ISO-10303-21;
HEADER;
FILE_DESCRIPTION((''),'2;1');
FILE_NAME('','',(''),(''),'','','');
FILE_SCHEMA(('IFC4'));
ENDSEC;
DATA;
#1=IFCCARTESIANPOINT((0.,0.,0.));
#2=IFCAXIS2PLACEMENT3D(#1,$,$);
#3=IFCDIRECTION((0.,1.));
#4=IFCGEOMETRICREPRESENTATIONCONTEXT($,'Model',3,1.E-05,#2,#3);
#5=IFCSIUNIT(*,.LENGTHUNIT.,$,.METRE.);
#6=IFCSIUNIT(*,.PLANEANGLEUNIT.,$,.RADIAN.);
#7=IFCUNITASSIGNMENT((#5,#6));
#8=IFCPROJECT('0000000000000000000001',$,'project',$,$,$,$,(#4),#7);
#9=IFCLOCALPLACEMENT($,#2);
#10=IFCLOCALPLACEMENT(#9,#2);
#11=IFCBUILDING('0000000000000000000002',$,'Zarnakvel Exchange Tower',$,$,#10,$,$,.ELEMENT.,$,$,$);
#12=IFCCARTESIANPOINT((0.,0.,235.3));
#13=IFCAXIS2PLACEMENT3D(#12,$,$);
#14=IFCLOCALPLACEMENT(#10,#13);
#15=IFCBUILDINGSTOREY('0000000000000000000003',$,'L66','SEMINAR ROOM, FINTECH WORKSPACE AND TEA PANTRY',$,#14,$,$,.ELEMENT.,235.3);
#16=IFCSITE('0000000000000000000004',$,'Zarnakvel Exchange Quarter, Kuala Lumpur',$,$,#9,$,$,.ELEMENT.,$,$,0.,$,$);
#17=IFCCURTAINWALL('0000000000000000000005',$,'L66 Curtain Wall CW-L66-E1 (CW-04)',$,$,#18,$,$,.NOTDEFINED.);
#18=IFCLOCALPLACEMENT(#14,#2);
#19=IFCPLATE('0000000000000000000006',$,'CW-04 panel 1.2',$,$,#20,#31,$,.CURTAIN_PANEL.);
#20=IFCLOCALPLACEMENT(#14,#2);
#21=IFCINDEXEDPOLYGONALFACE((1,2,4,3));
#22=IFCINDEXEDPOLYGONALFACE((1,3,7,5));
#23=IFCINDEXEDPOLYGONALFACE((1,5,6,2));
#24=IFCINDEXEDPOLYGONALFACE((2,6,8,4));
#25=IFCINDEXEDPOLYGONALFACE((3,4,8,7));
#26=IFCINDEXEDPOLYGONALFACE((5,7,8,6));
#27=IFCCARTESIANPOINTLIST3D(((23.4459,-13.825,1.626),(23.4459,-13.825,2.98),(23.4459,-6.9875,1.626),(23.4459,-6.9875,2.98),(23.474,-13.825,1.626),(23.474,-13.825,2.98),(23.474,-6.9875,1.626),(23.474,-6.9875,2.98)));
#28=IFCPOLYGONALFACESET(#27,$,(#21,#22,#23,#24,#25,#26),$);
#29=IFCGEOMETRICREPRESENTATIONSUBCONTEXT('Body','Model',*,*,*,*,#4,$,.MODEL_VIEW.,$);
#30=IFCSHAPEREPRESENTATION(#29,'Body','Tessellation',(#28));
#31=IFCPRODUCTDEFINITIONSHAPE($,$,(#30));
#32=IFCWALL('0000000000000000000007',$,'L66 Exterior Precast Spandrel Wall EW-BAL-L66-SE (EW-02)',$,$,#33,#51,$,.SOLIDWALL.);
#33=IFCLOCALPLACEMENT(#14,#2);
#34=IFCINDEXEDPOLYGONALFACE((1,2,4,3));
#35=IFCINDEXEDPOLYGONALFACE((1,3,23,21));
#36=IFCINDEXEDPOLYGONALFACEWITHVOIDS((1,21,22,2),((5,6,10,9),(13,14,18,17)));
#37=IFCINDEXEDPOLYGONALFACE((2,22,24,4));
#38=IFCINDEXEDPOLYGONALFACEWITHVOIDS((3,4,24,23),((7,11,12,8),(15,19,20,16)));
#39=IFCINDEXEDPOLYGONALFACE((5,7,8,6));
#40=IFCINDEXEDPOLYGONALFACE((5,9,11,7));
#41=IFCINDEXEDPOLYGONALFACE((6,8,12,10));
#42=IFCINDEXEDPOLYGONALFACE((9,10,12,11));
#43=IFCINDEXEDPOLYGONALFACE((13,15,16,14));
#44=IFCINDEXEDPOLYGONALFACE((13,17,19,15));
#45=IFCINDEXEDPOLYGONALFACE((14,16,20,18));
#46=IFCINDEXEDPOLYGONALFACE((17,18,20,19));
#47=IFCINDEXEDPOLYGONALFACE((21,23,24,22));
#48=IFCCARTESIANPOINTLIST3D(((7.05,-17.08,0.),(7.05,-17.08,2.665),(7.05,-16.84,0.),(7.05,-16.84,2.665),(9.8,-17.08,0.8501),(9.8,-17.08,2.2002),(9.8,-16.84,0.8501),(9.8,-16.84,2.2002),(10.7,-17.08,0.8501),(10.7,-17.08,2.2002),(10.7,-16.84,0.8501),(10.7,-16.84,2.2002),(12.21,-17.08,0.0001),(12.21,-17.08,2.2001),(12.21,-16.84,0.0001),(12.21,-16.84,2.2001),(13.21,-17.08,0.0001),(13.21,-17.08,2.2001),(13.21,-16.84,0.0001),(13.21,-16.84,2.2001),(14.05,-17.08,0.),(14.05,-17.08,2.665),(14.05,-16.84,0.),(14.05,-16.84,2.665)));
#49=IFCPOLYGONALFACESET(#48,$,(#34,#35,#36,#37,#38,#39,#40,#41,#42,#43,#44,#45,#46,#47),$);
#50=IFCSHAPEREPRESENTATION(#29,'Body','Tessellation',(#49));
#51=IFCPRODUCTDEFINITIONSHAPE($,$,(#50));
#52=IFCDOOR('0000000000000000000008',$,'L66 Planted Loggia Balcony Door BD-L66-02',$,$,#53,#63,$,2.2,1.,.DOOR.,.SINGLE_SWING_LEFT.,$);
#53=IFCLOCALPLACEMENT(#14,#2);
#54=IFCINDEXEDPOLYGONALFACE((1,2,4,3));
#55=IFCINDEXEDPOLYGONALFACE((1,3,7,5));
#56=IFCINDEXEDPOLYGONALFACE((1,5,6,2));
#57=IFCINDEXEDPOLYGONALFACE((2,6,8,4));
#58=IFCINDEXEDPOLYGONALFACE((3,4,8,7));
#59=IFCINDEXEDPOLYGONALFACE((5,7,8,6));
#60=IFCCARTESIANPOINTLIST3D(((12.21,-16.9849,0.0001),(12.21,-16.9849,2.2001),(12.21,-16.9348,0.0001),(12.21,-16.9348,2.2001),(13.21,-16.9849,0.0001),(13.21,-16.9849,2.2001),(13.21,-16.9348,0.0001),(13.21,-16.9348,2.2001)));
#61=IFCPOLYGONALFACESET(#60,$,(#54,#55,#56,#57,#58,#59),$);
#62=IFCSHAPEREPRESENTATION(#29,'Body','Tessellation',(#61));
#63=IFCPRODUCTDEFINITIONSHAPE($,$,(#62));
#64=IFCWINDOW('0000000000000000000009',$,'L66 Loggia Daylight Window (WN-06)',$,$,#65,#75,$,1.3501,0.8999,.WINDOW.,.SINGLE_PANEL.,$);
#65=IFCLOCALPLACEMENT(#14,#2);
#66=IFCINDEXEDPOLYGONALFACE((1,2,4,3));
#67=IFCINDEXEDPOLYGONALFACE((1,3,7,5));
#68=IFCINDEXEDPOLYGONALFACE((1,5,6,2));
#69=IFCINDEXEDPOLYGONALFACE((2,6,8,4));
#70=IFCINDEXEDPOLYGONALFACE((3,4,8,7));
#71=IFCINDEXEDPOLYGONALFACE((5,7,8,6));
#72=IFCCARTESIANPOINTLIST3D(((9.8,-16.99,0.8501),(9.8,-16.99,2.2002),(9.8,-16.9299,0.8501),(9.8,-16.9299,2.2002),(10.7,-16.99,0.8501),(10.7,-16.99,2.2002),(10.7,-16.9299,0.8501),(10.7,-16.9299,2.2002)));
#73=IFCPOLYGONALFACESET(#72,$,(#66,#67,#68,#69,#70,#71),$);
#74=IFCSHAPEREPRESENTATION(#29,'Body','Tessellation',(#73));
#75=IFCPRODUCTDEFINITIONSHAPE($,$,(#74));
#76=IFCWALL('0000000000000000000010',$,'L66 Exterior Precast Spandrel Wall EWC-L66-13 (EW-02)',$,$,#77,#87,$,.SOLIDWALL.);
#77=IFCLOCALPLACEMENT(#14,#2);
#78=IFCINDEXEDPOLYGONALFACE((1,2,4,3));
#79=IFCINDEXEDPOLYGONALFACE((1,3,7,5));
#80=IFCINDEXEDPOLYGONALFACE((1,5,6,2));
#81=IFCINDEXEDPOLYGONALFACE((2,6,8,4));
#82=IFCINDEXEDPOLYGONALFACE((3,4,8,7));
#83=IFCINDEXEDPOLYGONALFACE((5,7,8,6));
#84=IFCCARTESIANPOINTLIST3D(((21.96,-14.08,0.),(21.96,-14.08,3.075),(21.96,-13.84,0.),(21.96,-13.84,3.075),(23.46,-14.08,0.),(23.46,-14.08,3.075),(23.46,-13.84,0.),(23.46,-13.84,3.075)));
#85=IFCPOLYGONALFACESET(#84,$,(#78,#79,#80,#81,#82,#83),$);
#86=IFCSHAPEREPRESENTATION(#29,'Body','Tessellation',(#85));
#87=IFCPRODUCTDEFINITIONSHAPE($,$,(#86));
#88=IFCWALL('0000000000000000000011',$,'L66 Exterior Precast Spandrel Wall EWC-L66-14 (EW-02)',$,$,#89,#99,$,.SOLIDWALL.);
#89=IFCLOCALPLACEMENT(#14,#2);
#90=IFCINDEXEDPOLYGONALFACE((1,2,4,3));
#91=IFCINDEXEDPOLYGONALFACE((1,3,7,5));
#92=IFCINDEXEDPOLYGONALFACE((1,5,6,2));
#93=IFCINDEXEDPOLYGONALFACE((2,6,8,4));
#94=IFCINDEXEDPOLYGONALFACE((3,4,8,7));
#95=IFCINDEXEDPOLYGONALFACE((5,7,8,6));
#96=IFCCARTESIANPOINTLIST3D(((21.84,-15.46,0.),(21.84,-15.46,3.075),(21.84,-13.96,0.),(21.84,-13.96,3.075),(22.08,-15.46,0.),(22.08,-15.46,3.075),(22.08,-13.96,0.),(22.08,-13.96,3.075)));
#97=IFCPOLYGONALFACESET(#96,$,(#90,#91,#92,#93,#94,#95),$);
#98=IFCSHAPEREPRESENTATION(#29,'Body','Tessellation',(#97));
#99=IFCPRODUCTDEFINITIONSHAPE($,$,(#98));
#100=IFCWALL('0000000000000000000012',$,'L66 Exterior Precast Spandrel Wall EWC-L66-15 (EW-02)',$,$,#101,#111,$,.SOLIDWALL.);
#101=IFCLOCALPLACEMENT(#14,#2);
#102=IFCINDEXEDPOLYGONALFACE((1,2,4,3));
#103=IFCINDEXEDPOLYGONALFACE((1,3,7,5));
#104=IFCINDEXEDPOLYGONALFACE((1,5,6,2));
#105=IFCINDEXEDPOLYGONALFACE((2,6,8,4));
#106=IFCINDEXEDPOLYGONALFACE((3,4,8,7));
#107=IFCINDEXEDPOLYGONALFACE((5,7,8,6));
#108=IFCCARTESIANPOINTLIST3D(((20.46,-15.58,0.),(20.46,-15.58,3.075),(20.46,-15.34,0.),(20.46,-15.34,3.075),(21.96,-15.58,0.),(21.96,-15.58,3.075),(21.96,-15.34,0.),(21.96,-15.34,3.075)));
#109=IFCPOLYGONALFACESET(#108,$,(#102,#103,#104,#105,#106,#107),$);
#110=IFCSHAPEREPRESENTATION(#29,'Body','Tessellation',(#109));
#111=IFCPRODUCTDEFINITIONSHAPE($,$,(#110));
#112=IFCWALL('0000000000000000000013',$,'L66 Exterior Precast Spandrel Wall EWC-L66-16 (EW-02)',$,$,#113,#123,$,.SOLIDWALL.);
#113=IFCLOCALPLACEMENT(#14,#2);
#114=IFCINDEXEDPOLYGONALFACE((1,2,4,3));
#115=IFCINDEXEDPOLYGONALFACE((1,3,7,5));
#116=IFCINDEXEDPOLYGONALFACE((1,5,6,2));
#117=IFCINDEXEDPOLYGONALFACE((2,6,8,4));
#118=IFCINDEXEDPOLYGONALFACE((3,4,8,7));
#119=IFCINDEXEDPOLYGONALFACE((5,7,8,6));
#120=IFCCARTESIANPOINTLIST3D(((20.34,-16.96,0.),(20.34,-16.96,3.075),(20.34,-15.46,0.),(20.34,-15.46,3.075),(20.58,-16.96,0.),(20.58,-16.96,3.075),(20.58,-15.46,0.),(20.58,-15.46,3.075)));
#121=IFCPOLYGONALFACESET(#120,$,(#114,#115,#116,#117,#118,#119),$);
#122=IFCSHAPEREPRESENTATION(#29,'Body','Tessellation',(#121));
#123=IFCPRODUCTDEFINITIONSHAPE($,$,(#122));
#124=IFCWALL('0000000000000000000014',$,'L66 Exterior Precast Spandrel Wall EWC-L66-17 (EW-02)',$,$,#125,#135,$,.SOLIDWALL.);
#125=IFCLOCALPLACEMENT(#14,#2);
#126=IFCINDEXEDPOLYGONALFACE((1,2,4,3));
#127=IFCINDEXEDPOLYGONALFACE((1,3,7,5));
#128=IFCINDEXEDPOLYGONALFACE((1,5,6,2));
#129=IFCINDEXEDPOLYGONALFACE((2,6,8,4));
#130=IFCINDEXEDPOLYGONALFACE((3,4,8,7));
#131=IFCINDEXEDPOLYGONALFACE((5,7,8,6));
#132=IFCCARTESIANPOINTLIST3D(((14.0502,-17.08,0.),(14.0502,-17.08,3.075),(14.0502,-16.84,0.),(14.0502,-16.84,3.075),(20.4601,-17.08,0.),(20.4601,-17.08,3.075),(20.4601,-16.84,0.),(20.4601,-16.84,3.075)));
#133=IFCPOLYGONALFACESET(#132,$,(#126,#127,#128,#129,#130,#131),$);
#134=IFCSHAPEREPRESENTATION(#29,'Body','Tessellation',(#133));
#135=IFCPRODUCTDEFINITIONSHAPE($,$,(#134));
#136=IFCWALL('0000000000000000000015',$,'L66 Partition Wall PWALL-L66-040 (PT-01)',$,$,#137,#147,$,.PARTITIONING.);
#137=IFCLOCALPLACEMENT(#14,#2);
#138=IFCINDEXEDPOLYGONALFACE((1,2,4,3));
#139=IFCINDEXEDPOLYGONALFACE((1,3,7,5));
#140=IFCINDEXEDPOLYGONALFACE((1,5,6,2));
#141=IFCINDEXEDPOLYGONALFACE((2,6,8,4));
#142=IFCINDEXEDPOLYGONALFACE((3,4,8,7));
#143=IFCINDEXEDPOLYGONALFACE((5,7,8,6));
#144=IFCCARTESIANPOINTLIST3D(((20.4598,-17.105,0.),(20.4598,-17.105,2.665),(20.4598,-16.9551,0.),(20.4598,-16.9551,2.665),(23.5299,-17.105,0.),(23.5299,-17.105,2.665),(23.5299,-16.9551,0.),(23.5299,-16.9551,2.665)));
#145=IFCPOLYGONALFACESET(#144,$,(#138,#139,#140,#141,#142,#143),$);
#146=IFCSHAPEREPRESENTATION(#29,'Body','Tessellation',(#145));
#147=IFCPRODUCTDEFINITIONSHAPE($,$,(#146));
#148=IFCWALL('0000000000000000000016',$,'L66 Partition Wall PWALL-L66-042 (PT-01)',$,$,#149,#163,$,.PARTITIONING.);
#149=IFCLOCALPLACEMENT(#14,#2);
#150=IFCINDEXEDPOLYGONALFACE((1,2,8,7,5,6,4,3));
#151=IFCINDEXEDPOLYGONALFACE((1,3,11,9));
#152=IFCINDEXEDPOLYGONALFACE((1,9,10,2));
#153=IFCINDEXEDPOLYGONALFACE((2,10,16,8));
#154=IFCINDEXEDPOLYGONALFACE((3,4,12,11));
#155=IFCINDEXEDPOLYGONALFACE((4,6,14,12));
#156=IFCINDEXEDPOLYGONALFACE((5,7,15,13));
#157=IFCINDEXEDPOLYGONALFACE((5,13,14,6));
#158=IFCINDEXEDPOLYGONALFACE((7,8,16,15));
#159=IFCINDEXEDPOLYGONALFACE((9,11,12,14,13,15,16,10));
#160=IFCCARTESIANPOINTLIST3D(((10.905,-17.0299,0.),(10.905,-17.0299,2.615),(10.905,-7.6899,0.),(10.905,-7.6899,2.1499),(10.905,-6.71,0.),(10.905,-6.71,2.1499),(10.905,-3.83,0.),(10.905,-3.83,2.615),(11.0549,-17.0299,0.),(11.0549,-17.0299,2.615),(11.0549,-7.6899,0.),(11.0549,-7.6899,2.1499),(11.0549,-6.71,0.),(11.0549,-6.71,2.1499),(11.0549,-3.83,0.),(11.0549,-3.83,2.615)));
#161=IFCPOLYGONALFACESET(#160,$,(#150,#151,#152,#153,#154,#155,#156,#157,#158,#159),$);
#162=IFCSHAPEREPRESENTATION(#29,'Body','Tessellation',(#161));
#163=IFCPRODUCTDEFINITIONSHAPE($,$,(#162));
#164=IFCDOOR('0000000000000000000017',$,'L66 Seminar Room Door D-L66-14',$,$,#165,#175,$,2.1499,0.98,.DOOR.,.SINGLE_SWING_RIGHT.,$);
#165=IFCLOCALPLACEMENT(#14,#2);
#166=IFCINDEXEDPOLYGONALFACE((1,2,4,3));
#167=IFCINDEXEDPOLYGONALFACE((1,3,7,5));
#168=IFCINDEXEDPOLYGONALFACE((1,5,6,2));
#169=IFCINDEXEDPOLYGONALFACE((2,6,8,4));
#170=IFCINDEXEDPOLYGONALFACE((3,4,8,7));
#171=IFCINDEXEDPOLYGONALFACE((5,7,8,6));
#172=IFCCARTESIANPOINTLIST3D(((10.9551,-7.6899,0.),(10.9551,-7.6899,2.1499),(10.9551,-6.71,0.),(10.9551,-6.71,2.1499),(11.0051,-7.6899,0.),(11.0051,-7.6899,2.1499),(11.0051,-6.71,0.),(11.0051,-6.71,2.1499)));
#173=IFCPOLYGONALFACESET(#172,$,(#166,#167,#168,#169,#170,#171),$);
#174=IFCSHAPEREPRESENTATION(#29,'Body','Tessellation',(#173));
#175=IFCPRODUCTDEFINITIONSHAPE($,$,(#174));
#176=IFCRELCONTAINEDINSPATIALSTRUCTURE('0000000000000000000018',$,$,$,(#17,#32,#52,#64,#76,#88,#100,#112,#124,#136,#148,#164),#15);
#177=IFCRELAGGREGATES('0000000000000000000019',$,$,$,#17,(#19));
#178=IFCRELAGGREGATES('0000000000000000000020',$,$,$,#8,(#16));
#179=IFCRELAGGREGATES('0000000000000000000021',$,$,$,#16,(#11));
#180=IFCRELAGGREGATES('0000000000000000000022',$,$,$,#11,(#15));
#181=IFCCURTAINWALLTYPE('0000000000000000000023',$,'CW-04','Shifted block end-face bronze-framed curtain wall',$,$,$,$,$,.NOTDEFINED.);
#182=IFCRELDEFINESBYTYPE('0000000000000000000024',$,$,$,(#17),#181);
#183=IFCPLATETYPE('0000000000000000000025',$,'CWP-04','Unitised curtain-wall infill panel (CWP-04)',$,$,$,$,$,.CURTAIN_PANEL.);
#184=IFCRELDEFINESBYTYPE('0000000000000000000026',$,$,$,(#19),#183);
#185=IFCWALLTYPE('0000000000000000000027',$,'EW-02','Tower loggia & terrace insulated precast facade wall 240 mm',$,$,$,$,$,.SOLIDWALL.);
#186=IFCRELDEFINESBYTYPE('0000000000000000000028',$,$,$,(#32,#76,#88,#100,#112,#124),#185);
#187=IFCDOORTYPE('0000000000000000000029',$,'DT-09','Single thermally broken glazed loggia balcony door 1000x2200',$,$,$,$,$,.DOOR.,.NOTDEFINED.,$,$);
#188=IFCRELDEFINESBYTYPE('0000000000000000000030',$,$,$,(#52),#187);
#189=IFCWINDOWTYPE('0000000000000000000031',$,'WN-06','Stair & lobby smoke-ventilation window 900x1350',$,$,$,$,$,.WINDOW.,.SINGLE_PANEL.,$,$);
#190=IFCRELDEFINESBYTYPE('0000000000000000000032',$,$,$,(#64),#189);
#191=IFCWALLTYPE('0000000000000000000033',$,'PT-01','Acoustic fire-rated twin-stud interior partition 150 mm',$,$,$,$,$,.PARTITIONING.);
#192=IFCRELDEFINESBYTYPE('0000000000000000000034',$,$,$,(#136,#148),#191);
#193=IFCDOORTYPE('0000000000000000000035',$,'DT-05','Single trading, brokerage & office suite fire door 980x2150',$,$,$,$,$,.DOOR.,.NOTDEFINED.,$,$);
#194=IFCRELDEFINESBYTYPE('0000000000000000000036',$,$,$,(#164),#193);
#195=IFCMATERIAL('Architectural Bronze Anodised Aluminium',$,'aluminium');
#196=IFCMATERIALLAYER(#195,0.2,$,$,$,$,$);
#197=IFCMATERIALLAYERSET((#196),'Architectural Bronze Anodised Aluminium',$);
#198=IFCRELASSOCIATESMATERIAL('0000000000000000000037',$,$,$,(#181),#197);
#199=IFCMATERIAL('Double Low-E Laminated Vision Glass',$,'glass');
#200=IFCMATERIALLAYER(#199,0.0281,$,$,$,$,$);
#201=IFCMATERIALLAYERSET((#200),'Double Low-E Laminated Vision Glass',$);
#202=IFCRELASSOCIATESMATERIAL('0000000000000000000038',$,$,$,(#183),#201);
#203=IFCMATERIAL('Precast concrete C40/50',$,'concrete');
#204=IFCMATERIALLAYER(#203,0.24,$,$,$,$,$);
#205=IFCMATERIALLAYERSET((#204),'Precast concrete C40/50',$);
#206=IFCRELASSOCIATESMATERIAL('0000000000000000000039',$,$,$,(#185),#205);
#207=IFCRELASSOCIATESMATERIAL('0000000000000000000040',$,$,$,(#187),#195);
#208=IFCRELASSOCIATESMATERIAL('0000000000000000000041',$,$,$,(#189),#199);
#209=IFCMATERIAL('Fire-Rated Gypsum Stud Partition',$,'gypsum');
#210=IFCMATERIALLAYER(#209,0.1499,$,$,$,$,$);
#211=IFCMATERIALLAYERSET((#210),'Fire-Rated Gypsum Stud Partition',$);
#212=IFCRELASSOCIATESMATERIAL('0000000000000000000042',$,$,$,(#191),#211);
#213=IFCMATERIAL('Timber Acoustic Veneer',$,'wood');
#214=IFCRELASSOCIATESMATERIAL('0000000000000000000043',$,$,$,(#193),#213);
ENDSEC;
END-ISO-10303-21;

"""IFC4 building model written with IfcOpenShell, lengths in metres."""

from ifc_helpers import new_model, si_unit, direction, frame, frame_2d, origin, origin_2d, place, context, subcontext, project, spatial, rectangle, extrude, source, transform, mapped, material, layer, layer_set, type_object, element, fill, aggregate, save


model = new_model("IFC4")

# Units and contexts
model_context = context("Model", 3, precision=1e-05, world=origin(), true_north=direction((0.0, 1.0)))
body_context = subcontext(model_context, "Body", "Model", "MODEL_VIEW")
ifc_project = project(units=[si_unit("LENGTHUNIT", "METRE"), si_unit("PLANEANGLEUNIT", "RADIAN")], contexts=[model_context])

# Site, building, storey
site_placement = place(None, origin())
site = spatial("IfcSite", under=ifc_project, at=site_placement, Name="Zarnakvel Exchange Quarter, Kuala Lumpur", CompositionType="ELEMENT", RefElevation=0.0)
building_placement = place(site_placement, origin())
building = spatial("IfcBuilding", under=site, at=building_placement, Name="Zarnakvel Exchange Tower", CompositionType="ELEMENT")
storey_placement = place(building_placement, frame((0.0, 0.0, 235.3)))
storey = spatial("IfcBuildingStorey", under=building, at=storey_placement, Name="L66", Description="SEMINAR ROOM, FINTECH WORKSPACE AND TEA PANTRY", CompositionType="ELEMENT", Elevation=235.3)

# Curtain wall, plate
ifc_material_1 = material(Name="Architectural Bronze Anodised Aluminium", Category="aluminium")
ifc_layer_1 = layer(ifc_material_1, 0.2)
ifc_layer_set_1 = layer_set([ifc_layer_1], Name="Architectural Bronze Anodised Aluminium")
curtain_wall_type = type_object("IfcCurtainWallType", Name="CW-04", Description="Shifted block end-face bronze-framed curtain wall", PredefinedType="NOTDEFINED", material=ifc_layer_set_1)
curtain_wall_placement = place(storey_placement, origin())
curtain_wall = element("IfcCurtainWall", 1, at=curtain_wall_placement, inside=storey, type_object=curtain_wall_type, Name="L66 Curtain Wall CW-L66-E1 (CW-04)", PredefinedType="NOTDEFINED")
ifc_material_2 = material(Name="Double Low-E Laminated Vision Glass", Category="glass")
ifc_layer_2 = layer(ifc_material_2, 0.0281)
ifc_layer_set_2 = layer_set([ifc_layer_2], Name="Double Low-E Laminated Vision Glass")
plate_type = type_object("IfcPlateType", Name="CWP-04", Description="Unitised curtain-wall infill panel (CWP-04)", PredefinedType="CURTAIN_PANEL", material=ifc_layer_set_2)
shared_shape_1 = source(origin(), body_context, "Body", "SweptSolid", [
    extrude(rectangle(XDim=6.8374, YDim=0.0281, at=origin_2d()), origin(), (0.0, 0.0, 1.0), 1.354),
])
plate_1_placement = place(storey_placement, frame((23.46, -10.4062, 1.626), z_axis=(0.0, 0.0, 1.0), x_axis=(0.0, 1.0, 0.0)))
plate_1 = element("IfcPlate", 2, at=plate_1_placement, type_object=plate_type, Name="CW-04 panel 1.2", PredefinedType="CURTAIN_PANEL", context=body_context, shape_type="MappedRepresentation", body=[
    mapped(shared_shape_1, transform((0.0, 0.0, 0.0), x_axis=(1.0, 0.0, 0.0), y_axis=(0.0, 1.0, 0.0), z_axis=(0.0, 0.0, 1.0), scale=1.0)),
])
aggregate(curtain_wall, [plate_1])

# Wall, openings, door, window
ifc_material_3 = material(Name="Precast concrete C40/50", Category="concrete")
ifc_layer_3 = layer(ifc_material_3, 0.24)
ifc_layer_set_3 = layer_set([ifc_layer_3], Name="Precast concrete C40/50")
wall_type_1 = type_object("IfcWallType", Name="EW-02", Description="Tower loggia & terrace insulated precast facade wall 240 mm", PredefinedType="SOLIDWALL", material=ifc_layer_set_3)
wall_1_placement = place(storey_placement, frame((14.05, -16.96, 0.0), z_axis=(0.0, 0.0, 1.0), x_axis=(-1.0, 0.0, 0.0)))
wall_1 = element("IfcWall", 3, at=wall_1_placement, inside=storey, type_object=wall_type_1, Name="L66 Exterior Precast Spandrel Wall EW-BAL-L66-SE (EW-02)", PredefinedType="SOLIDWALL", context=body_context, shape_type="SweptSolid", body=[
    extrude(rectangle(XDim=7.0, YDim=0.24, at=frame_2d((3.5, 0.0))), origin(), (0.0, 0.0, 1.0), 2.665),
])
opening_1_placement = place(wall_1_placement, frame((0.8401, 0.0, 0.0)))
opening_1 = element("IfcOpeningElement", 4, at=opening_1_placement, cuts=wall_1, PredefinedType="OPENING", context=body_context, shape_type="SweptSolid", body=[
    extrude(rectangle(XDim=1.0, YDim=2.2, at=frame_2d((0.5, 1.1001))), frame((0.0, 0.1299, 0.0), z_axis=(0.0, -1.0, 0.0), x_axis=(1.0, 0.0, 0.0)), (0.0, 0.0, 1.0), 0.26),
])
opening_2_placement = place(wall_1_placement, frame((3.3501, 0.0, 0.8501)))
opening_2 = element("IfcOpeningElement", 5, at=opening_2_placement, cuts=wall_1, PredefinedType="OPENING", context=body_context, shape_type="SweptSolid", body=[
    extrude(rectangle(XDim=0.8999, YDim=1.3501, at=frame_2d((0.45, 0.675))), frame((0.0, 0.1299, 0.0), z_axis=(0.0, -1.0, 0.0), x_axis=(1.0, 0.0, 0.0)), (0.0, 0.0, 1.0), 0.26),
])
door_type_1 = type_object("IfcDoorType", Name="DT-09", Description="Single thermally broken glazed loggia balcony door 1000x2200", OperationType="NOTDEFINED", PredefinedType="DOOR", material=ifc_material_1)
shared_shape_2 = source(origin(), body_context, "Body", "SweptSolid", [
    extrude(rectangle(XDim=1.0, YDim=2.2, at=frame_2d((0.5, 1.1001))), frame((0.0, 0.0249, 0.0), z_axis=(0.0, -1.0, 0.0), x_axis=(1.0, 0.0, 0.0)), (0.0, 0.0, 1.0), 0.05),
])
door_1_placement = place(opening_1_placement, origin())
door_1 = element("IfcDoor", 6, at=door_1_placement, inside=storey, type_object=door_type_1, Name="L66 Planted Loggia Balcony Door BD-L66-02", OperationType="SINGLE_SWING_LEFT", OverallHeight=2.2, OverallWidth=1.0, PredefinedType="DOOR", context=body_context, shape_type="MappedRepresentation", body=[
    mapped(shared_shape_2, transform((0.0, 0.0, 0.0), x_axis=(1.0, 0.0, 0.0), y_axis=(0.0, 1.0, 0.0), z_axis=(0.0, 0.0, 1.0), scale=1.0)),
])
fill(opening_1, door_1)
window_type = type_object("IfcWindowType", Name="WN-06", Description="Stair & lobby smoke-ventilation window 900x1350", PartitioningType="SINGLE_PANEL", PredefinedType="WINDOW", material=ifc_material_2)
shared_shape_3 = source(origin(), body_context, "Body", "SweptSolid", [
    extrude(rectangle(XDim=0.8999, YDim=1.3501, at=frame_2d((0.45, 0.675))), frame((0.0, 0.03, 0.0), z_axis=(0.0, -1.0, 0.0), x_axis=(1.0, 0.0, 0.0)), (0.0, 0.0, 1.0), 0.0601),
])
window_placement = place(opening_2_placement, origin())
window = element("IfcWindow", 7, at=window_placement, inside=storey, type_object=window_type, Name="L66 Loggia Daylight Window (WN-06)", OverallHeight=1.3501, OverallWidth=0.8999, PartitioningType="SINGLE_PANEL", PredefinedType="WINDOW", context=body_context, shape_type="MappedRepresentation", body=[
    mapped(shared_shape_3, transform((0.0, 0.0, 0.0), x_axis=(1.0, 0.0, 0.0), y_axis=(0.0, 1.0, 0.0), z_axis=(0.0, 0.0, 1.0), scale=1.0)),
])
fill(opening_2, window)

# Walls
for number, where, z_axis, x_axis, name in (
    (8, (21.96, -13.96, 0.0), (0.0, 0.0, 1.0), (1.0, 0.0, 0.0), "L66 Exterior Precast Spandrel Wall EWC-L66-13 (EW-02)"),
    (9, (21.96, -15.46, 0.0), (0.0, 0.0, 1.0), (0.0, 1.0, 0.0), "L66 Exterior Precast Spandrel Wall EWC-L66-14 (EW-02)"),
    (10, (20.46, -15.46, 0.0), (0.0, 0.0, 1.0), (1.0, 0.0, 0.0), "L66 Exterior Precast Spandrel Wall EWC-L66-15 (EW-02)"),
    (11, (20.46, -16.96, 0.0), (0.0, 0.0, 1.0), (0.0, 1.0, 0.0), "L66 Exterior Precast Spandrel Wall EWC-L66-16 (EW-02)"),
):
    element("IfcWall", number, at=place(storey_placement, frame(where, z_axis=z_axis, x_axis=x_axis)), inside=storey, type_object=wall_type_1, Name=name, PredefinedType="SOLIDWALL", context=body_context, shape_type="SweptSolid", body=[
        extrude(rectangle(XDim=1.5, YDim=0.24, at=frame_2d((0.75, 0.0))), origin(), (0.0, 0.0, 1.0), 3.075),
    ])
wall_2_placement = place(storey_placement, frame((14.05, -16.96, 0.0), z_axis=(0.0, 0.0, 1.0), x_axis=(1.0, 0.0, 0.0)))
element("IfcWall", 12, at=wall_2_placement, inside=storey, type_object=wall_type_1, Name="L66 Exterior Precast Spandrel Wall EWC-L66-17 (EW-02)", PredefinedType="SOLIDWALL", context=body_context, shape_type="SweptSolid", body=[
    extrude(rectangle(XDim=6.4099, YDim=0.24, at=frame_2d((3.2051, 0.0))), origin(), (0.0, 0.0, 1.0), 3.075),
])
ifc_material_4 = material(Name="Fire-Rated Gypsum Stud Partition", Category="gypsum")
ifc_layer_4 = layer(ifc_material_4, 0.1499)
ifc_layer_set_4 = layer_set([ifc_layer_4], Name="Fire-Rated Gypsum Stud Partition")
wall_type_2 = type_object("IfcWallType", Name="PT-01", Description="Acoustic fire-rated twin-stud interior partition 150 mm", PredefinedType="PARTITIONING", material=ifc_layer_set_4)
wall_3_placement = place(storey_placement, frame((23.53, -17.03, 0.0), z_axis=(0.0, 0.0, 1.0), x_axis=(-1.0, 0.0, 0.0)))
element("IfcWall", 13, at=wall_3_placement, inside=storey, type_object=wall_type_2, Name="L66 Partition Wall PWALL-L66-040 (PT-01)", PredefinedType="PARTITIONING", context=body_context, shape_type="SweptSolid", body=[
    extrude(rectangle(XDim=3.0701, YDim=0.1499, at=frame_2d((1.5352, 0.0))), origin(), (0.0, 0.0, 1.0), 2.665),
])

# Wall, opening, door
wall_4_placement = place(storey_placement, frame((10.98, -17.03, 0.0), z_axis=(0.0, 0.0, 1.0), x_axis=(0.0, 1.0, 0.0)))
wall_4 = element("IfcWall", 14, at=wall_4_placement, inside=storey, type_object=wall_type_2, Name="L66 Partition Wall PWALL-L66-042 (PT-01)", PredefinedType="PARTITIONING", context=body_context, shape_type="SweptSolid", body=[
    extrude(rectangle(XDim=13.2, YDim=0.1499, at=frame_2d((6.6001, 0.0))), origin(), (0.0, 0.0, 1.0), 2.615),
])
opening_3_placement = place(wall_4_placement, frame((9.3401, 0.0, 0.0)))
opening_3 = element("IfcOpeningElement", 15, at=opening_3_placement, cuts=wall_4, PredefinedType="OPENING", context=body_context, shape_type="SweptSolid", body=[
    extrude(rectangle(XDim=0.98, YDim=2.1499, at=frame_2d((0.49, 1.075))), frame((0.0, 0.085, 0.0), z_axis=(0.0, -1.0, 0.0), x_axis=(1.0, 0.0, 0.0)), (0.0, 0.0, 1.0), 0.1699),
])
ifc_material_5 = material(Name="Timber Acoustic Veneer", Category="wood")
door_type_2 = type_object("IfcDoorType", Name="DT-05", Description="Single trading, brokerage & office suite fire door 980x2150", OperationType="NOTDEFINED", PredefinedType="DOOR", material=ifc_material_5)
shared_shape_4 = source(origin(), body_context, "Body", "SweptSolid", [
    extrude(rectangle(XDim=0.98, YDim=2.1499, at=frame_2d((0.49, 1.075))), frame((0.0, 0.0249, 0.0), z_axis=(0.0, -1.0, 0.0), x_axis=(1.0, 0.0, 0.0)), (0.0, 0.0, 1.0), 0.05),
])
door_2_placement = place(opening_3_placement, origin())
door_2 = element("IfcDoor", 16, at=door_2_placement, inside=storey, type_object=door_type_2, Name="L66 Seminar Room Door D-L66-14", OperationType="SINGLE_SWING_RIGHT", OverallHeight=2.1499, OverallWidth=0.98, PredefinedType="DOOR", context=body_context, shape_type="MappedRepresentation", body=[
    mapped(shared_shape_4, transform((0.0, 0.0, 0.0), x_axis=(1.0, 0.0, 0.0), y_axis=(0.0, 1.0, 0.0), z_axis=(0.0, 0.0, 1.0), scale=1.0)),
])
fill(opening_3, door_2)

save(model, "model.ifc")
